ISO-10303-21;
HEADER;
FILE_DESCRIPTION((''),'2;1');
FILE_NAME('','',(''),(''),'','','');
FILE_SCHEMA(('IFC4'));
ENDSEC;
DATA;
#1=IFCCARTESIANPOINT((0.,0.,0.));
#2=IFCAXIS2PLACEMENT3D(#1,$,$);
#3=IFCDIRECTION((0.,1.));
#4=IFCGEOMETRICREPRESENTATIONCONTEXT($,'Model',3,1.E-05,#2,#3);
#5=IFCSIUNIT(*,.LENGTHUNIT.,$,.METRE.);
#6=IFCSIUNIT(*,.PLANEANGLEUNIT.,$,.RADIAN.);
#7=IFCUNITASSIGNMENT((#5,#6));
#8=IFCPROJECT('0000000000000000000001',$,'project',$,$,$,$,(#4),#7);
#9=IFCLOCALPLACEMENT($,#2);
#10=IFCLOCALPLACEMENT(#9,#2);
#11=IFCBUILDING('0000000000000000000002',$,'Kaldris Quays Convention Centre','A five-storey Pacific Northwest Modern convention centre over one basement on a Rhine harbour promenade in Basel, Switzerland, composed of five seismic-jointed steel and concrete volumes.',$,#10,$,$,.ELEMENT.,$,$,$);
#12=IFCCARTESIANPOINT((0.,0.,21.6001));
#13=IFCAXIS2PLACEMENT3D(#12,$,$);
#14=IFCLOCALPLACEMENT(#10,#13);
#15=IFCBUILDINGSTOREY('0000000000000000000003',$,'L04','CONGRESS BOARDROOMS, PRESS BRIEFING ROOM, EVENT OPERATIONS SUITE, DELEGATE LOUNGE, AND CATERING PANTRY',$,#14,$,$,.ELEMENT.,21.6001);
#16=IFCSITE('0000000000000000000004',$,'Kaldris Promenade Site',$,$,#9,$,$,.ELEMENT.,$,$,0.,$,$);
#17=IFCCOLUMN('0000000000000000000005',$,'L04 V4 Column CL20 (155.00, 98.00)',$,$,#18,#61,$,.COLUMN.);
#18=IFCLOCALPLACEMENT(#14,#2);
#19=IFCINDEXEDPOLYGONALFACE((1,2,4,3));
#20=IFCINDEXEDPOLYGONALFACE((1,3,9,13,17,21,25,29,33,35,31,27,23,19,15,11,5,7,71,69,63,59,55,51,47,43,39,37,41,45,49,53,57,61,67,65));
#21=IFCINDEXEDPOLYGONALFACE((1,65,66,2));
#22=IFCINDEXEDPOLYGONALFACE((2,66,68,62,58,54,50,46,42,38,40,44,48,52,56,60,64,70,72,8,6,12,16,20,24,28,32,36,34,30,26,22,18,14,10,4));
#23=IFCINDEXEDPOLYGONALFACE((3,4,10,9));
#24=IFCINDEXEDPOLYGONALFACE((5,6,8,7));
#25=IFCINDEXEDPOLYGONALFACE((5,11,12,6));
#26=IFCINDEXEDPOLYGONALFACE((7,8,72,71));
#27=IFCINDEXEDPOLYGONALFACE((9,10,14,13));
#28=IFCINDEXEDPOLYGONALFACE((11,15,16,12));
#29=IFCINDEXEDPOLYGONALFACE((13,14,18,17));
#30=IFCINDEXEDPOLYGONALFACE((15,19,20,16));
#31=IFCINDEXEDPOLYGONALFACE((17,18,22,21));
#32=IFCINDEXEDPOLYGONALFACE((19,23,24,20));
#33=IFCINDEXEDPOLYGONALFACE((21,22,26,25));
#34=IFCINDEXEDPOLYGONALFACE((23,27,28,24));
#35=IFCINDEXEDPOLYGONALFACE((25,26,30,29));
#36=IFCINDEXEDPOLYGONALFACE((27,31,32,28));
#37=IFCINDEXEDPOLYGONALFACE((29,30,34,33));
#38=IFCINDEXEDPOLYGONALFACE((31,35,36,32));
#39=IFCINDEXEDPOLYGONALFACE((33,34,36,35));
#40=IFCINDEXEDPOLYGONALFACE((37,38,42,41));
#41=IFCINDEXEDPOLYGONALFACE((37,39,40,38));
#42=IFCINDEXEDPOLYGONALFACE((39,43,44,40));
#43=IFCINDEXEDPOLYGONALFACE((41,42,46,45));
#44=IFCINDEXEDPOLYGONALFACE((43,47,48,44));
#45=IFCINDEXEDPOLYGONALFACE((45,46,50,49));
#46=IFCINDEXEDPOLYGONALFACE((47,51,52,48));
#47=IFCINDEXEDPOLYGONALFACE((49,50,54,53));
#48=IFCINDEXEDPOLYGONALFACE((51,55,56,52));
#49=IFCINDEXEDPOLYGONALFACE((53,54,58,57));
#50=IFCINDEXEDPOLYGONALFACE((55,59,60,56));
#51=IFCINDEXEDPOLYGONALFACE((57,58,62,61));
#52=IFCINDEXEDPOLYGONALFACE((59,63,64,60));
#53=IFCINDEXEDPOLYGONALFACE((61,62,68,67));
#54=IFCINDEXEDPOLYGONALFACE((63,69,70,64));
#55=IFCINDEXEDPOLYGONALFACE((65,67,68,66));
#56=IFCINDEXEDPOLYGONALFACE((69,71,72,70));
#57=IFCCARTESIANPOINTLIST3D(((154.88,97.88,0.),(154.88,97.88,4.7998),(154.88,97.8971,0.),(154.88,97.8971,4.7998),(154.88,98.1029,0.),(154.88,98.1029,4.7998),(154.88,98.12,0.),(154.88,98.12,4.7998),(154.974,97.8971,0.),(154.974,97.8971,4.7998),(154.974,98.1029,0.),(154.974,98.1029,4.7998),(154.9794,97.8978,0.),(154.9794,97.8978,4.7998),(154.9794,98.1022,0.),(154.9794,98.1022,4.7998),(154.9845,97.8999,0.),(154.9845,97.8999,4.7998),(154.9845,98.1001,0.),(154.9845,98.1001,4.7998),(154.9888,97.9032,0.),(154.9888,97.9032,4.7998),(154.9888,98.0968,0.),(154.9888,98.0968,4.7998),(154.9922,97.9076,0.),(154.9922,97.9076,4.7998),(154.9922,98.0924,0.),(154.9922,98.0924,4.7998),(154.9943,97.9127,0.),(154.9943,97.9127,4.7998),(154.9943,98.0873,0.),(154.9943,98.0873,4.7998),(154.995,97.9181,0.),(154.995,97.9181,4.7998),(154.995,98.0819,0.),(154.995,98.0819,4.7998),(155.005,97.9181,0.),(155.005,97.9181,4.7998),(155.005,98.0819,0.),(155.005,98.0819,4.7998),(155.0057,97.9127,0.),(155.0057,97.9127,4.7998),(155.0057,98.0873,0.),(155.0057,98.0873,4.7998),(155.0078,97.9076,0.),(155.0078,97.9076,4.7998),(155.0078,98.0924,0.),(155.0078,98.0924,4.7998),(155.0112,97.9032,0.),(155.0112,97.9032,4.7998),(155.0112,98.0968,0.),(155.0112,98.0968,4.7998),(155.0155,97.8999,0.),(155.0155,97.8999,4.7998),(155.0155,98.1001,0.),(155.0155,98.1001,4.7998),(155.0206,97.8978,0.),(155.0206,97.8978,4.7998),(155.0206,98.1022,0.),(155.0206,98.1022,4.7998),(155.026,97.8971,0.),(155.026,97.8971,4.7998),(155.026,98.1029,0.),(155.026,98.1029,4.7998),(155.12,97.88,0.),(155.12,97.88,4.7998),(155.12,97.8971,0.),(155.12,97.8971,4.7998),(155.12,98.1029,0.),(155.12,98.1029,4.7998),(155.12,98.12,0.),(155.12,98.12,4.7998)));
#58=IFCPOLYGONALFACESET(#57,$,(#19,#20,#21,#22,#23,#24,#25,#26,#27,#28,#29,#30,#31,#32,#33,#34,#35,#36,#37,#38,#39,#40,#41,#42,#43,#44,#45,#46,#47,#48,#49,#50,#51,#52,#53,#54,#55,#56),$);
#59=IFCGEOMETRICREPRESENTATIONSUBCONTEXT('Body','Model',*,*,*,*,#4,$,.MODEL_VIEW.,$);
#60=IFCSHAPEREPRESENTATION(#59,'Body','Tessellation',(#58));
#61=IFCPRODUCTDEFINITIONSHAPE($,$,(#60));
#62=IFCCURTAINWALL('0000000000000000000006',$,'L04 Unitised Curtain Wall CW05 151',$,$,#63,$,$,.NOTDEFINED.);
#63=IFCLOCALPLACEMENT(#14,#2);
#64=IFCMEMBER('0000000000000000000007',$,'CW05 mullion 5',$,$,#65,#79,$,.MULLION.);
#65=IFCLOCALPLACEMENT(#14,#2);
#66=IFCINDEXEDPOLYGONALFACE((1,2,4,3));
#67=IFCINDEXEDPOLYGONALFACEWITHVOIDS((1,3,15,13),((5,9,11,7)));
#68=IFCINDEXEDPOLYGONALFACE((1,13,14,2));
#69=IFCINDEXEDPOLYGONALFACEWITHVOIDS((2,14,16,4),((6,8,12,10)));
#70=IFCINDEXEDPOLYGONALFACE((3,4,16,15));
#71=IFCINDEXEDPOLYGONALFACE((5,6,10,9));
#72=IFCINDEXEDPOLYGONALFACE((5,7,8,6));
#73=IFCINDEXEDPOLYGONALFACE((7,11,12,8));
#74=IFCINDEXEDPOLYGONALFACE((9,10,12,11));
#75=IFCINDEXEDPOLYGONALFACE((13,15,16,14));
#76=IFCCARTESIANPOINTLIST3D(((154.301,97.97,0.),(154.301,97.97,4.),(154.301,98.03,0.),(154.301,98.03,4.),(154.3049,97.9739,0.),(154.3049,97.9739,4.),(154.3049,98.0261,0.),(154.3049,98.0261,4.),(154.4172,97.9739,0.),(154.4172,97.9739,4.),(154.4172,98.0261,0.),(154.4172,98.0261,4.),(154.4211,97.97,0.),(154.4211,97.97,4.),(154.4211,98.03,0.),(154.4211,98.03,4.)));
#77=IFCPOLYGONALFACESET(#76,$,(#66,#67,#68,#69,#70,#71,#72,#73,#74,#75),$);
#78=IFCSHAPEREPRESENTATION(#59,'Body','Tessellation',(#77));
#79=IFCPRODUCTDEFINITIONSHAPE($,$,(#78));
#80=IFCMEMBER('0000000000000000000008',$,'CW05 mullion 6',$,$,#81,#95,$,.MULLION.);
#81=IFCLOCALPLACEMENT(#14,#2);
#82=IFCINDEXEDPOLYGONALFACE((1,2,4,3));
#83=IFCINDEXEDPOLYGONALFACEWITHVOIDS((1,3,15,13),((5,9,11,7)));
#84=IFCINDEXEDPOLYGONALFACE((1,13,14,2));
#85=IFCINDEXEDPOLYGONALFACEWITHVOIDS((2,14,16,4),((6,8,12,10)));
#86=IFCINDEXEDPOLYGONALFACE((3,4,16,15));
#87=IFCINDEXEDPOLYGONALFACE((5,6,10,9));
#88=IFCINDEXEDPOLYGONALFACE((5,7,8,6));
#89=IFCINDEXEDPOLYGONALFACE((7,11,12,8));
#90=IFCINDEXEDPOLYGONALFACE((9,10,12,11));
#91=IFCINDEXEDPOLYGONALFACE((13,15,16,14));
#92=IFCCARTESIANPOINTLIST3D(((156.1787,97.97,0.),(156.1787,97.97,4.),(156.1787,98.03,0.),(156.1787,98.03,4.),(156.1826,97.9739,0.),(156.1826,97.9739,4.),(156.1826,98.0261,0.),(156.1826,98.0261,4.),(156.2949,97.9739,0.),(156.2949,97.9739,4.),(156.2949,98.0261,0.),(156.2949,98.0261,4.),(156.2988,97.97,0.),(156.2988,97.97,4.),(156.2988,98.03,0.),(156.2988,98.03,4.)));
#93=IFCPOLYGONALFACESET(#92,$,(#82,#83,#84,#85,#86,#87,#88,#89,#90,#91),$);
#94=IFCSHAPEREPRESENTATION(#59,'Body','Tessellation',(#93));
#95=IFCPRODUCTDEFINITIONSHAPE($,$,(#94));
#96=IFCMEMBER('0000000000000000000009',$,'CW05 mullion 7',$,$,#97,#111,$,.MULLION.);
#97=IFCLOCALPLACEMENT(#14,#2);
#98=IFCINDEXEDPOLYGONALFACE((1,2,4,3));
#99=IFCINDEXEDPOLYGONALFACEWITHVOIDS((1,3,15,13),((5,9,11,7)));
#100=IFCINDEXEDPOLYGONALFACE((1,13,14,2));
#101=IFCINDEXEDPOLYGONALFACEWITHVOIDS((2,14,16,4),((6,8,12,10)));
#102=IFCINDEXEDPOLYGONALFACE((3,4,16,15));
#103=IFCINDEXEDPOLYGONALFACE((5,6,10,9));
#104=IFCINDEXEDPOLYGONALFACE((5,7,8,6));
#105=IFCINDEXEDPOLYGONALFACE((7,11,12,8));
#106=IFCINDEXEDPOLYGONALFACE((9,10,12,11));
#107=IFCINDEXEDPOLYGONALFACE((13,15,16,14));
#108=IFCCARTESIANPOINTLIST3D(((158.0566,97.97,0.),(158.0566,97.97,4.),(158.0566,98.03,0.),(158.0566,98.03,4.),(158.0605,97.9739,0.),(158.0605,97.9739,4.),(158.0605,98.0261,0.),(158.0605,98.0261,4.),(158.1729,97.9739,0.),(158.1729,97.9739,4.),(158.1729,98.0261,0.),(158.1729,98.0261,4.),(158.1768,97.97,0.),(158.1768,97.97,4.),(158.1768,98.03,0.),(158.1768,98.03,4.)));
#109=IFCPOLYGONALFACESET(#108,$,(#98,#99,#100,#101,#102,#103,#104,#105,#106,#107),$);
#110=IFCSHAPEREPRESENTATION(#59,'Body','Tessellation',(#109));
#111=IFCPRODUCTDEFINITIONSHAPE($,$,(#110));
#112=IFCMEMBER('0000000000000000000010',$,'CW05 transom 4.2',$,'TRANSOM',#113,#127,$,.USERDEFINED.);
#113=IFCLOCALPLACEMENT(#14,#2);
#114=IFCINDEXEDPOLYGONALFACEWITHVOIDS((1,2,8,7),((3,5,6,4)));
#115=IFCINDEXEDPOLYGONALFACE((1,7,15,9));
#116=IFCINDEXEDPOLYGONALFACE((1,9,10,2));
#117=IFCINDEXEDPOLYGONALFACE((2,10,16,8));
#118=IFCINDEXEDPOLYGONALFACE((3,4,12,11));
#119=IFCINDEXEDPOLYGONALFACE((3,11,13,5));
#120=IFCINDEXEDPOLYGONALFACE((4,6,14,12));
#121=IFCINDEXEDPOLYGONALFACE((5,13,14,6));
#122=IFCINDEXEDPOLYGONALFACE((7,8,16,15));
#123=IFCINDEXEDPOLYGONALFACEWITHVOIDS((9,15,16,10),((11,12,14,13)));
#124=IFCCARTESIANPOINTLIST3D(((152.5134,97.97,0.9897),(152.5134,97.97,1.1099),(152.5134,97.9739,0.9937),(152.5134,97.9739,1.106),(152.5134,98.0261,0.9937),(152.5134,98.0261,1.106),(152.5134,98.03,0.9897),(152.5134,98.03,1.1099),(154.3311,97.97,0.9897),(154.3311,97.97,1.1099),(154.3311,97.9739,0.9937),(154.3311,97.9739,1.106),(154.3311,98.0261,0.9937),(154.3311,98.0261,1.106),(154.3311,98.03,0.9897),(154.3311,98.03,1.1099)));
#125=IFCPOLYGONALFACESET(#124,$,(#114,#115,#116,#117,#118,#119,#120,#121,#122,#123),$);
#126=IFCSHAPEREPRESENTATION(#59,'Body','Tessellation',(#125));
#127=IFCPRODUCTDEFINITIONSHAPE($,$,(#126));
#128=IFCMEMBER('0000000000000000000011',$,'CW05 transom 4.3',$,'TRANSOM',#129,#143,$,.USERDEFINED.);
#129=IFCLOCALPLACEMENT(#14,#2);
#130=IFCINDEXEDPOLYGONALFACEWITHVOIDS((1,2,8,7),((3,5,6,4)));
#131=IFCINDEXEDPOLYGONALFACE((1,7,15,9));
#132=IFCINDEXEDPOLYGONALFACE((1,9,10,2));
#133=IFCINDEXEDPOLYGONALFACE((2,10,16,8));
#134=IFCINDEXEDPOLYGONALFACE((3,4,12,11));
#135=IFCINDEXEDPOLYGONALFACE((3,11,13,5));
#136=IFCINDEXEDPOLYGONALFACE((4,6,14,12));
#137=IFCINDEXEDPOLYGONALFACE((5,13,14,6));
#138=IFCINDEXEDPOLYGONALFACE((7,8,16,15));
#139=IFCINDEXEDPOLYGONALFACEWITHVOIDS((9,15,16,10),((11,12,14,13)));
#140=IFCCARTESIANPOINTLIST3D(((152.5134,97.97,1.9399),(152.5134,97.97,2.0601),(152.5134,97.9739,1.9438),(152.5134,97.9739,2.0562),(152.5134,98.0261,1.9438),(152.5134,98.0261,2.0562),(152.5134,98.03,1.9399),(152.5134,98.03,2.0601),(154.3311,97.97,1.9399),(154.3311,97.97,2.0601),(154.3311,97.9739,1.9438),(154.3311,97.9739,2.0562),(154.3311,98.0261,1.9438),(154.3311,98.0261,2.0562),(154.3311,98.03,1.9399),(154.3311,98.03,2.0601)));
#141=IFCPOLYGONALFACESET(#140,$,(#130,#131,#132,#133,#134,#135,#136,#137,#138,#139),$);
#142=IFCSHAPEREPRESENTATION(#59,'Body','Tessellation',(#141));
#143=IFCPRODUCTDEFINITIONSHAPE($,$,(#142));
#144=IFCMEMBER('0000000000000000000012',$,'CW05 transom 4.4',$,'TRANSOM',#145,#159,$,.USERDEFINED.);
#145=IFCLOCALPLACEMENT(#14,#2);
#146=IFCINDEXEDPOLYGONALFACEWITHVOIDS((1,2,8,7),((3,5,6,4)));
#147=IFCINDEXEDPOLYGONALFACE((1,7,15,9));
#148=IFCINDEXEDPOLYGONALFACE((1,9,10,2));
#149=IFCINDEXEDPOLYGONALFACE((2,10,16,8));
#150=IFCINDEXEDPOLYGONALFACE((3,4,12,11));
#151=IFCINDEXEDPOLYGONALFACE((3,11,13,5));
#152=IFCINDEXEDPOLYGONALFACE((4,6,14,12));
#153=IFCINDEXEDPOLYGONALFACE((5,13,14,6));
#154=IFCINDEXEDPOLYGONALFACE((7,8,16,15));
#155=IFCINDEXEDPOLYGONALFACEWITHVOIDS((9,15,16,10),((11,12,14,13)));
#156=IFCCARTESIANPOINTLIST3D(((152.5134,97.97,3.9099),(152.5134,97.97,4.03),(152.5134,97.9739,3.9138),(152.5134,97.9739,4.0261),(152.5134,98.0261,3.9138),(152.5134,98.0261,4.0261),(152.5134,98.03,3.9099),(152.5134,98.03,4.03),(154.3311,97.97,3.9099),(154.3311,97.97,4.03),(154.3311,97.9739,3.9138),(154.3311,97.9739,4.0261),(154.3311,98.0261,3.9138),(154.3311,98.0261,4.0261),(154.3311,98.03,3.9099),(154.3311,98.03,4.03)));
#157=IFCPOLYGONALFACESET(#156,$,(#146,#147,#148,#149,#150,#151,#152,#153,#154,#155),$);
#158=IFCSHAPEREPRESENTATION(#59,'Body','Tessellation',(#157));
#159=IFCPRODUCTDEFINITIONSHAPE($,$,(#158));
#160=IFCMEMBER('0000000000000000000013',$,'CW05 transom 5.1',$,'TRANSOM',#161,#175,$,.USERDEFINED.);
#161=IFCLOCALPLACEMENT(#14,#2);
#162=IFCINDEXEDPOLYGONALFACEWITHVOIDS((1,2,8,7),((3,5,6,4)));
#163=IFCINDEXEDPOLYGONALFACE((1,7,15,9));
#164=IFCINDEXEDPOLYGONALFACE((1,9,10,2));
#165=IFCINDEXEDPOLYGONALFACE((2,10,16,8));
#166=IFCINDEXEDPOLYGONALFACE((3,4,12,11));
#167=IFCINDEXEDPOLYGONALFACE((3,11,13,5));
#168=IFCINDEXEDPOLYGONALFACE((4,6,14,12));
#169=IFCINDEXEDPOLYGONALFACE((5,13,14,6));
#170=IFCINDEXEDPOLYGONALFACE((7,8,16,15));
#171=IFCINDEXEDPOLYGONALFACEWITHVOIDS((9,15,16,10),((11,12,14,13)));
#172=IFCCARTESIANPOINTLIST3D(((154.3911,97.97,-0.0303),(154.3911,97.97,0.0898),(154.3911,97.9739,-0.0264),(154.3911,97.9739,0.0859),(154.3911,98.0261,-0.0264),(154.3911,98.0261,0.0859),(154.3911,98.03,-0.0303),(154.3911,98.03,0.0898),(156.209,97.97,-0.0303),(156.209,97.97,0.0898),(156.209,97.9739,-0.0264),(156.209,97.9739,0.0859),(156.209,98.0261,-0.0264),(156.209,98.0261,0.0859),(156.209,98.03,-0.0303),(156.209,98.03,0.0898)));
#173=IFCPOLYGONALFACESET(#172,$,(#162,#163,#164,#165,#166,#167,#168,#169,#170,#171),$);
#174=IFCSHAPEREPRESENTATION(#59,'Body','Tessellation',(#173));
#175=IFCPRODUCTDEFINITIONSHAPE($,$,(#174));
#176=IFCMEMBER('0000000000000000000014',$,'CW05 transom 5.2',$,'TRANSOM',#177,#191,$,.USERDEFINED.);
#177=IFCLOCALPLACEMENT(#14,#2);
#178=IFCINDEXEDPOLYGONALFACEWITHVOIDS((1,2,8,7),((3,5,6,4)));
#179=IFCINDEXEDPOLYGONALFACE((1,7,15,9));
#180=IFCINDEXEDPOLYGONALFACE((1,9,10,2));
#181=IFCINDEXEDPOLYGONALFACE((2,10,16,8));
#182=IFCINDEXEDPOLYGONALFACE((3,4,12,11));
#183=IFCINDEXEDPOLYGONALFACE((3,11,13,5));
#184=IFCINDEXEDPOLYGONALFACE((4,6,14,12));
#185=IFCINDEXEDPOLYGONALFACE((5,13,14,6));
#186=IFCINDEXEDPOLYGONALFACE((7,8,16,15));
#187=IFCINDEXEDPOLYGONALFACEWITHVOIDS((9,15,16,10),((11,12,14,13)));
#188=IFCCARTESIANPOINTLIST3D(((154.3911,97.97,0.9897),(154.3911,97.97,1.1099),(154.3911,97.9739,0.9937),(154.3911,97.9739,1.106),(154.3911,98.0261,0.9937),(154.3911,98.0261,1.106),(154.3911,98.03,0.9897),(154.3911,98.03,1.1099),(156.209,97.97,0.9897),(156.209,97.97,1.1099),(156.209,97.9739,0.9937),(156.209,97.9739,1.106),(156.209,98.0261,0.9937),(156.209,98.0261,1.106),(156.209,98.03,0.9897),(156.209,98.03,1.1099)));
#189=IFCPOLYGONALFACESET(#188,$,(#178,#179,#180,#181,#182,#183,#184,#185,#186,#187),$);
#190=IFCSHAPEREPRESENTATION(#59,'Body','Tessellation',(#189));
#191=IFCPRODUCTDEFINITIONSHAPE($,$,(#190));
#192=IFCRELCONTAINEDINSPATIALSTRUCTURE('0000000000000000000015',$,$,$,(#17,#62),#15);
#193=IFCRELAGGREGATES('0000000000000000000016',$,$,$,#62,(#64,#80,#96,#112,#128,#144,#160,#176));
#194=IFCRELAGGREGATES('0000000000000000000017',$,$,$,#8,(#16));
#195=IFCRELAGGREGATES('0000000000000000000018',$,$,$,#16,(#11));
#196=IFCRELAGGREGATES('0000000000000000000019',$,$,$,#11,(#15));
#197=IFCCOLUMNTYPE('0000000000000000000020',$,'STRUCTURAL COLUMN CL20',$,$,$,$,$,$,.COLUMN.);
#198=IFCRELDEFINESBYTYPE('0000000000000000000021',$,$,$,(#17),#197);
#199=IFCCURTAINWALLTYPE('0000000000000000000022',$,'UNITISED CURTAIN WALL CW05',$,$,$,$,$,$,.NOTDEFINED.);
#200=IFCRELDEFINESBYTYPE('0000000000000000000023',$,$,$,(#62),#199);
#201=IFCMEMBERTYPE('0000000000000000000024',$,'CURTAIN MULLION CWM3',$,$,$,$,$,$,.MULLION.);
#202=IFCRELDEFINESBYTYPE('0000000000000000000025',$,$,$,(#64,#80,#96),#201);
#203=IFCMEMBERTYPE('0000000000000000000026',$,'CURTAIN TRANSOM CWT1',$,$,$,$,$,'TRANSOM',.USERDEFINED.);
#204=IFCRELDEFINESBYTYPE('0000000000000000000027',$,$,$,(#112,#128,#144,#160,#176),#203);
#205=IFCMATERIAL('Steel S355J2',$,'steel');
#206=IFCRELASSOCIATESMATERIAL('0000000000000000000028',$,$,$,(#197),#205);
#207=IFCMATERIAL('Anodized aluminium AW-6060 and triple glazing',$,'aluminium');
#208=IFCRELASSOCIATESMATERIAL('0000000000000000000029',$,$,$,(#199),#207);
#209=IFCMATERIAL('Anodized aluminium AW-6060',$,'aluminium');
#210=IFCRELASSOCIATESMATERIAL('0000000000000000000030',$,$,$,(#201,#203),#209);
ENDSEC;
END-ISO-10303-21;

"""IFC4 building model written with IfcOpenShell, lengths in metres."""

from ifc_helpers import new_model, si_unit, direction, frame, origin, origin_2d, place, context, subcontext, project, spatial, hollow_rectangle, i_section, extrude, material, material_profile, profile_set, type_object, element, aggregate, save


model = new_model("IFC4")

# Units and contexts
model_context = context("Model", 3, precision=1e-05, world=origin(), true_north=direction((0.0, 1.0)))
body_context = subcontext(model_context, "Body", "Model", "MODEL_VIEW")
ifc_project = project(units=[si_unit("LENGTHUNIT", "METRE"), si_unit("PLANEANGLEUNIT", "RADIAN")], contexts=[model_context])

# Site, building, storey
site_placement = place(None, origin())
site = spatial("IfcSite", under=ifc_project, at=site_placement, Name="Kaldris Promenade Site", CompositionType="ELEMENT", RefElevation=0.0)
building_placement = place(site_placement, origin())
building = spatial("IfcBuilding", under=site, at=building_placement, Name="Kaldris Quays Convention Centre", Description="A five-storey Pacific Northwest Modern convention centre over one basement on a Rhine harbour promenade in Basel, Switzerland, composed of five seismic-jointed steel and concrete volumes.", CompositionType="ELEMENT")
storey_placement = place(building_placement, frame((0.0, 0.0, 21.6001)))
storey = spatial("IfcBuildingStorey", under=building, at=storey_placement, Name="L04", Description="CONGRESS BOARDROOMS, PRESS BRIEFING ROOM, EVENT OPERATIONS SUITE, DELEGATE LOUNGE, AND CATERING PANTRY", CompositionType="ELEMENT", Elevation=21.6001)

# Column
ifc_material_1 = material(Name="Steel S355J2", Category="steel")
ifc_material_profile_1 = material_profile(ifc_material_1, i_section(OverallWidth=0.24, OverallDepth=0.24, WebThickness=0.01, FlangeThickness=0.0171, FilletRadius=0.021, at=origin_2d()), Name="HEB 240")
ifc_profile_set_1 = profile_set([ifc_material_profile_1], Name="Steel S355J2")
column_type = type_object("IfcColumnType", Name="STRUCTURAL COLUMN CL20", PredefinedType="COLUMN", material=ifc_profile_set_1)
column_placement = place(storey_placement, frame((155.0, 98.0, 0.0), z_axis=(0.0, 0.0, 1.0), x_axis=(1.0, 0.0, 0.0)))
element("IfcColumn", 1, at=column_placement, inside=storey, type_object=column_type, Name="L04 V4 Column CL20 (155.00, 98.00)", PredefinedType="COLUMN", context=body_context, shape_type="SweptSolid", body=[
    extrude(i_section(OverallWidth=0.24, OverallDepth=0.24, WebThickness=0.01, FlangeThickness=0.0171, FilletRadius=0.021, at=origin_2d()), origin(), (0.0, 0.0, 1.0), 4.7998),
])

# Curtain wall, members
ifc_material_2 = material(Name="Anodized aluminium AW-6060 and triple glazing", Category="aluminium")
curtain_wall_type = type_object("IfcCurtainWallType", Name="UNITISED CURTAIN WALL CW05", PredefinedType="NOTDEFINED", material=ifc_material_2)
curtain_wall_placement = place(storey_placement, origin())
curtain_wall = element("IfcCurtainWall", 2, at=curtain_wall_placement, inside=storey, type_object=curtain_wall_type, Name="L04 Unitised Curtain Wall CW05 151", PredefinedType="NOTDEFINED")
ifc_material_3 = material(Name="Anodized aluminium AW-6060", Category="aluminium")
ifc_material_profile_2 = material_profile(ifc_material_3, hollow_rectangle(XDim=0.0601, YDim=0.1201, WallThickness=0.0039, at=origin_2d()), Name="RHS 120x60x4")
ifc_profile_set_2 = profile_set([ifc_material_profile_2], Name="Anodized aluminium AW-6060")
member_type_1 = type_object("IfcMemberType", Name="CURTAIN MULLION CWM3", PredefinedType="MULLION", material=ifc_profile_set_2)
member_1_placement = place(storey_placement, frame((154.3611, 98.0, 0.0), z_axis=(0.0, 0.0, 1.0), x_axis=(0.0, 1.0, 0.0)))
member_1 = element("IfcMember", 3, at=member_1_placement, type_object=member_type_1, Name="CW05 mullion 5", PredefinedType="MULLION", context=body_context, shape_type="SweptSolid", body=[
    extrude(hollow_rectangle(XDim=0.0601, YDim=0.1201, WallThickness=0.0039, at=origin_2d()), origin(), (0.0, 0.0, 1.0), 4.0),
])
member_2_placement = place(storey_placement, frame((156.2388, 98.0, 0.0), z_axis=(0.0, 0.0, 1.0), x_axis=(0.0, 1.0, 0.0)))
member_2 = element("IfcMember", 4, at=member_2_placement, type_object=member_type_1, Name="CW05 mullion 6", PredefinedType="MULLION", context=body_context, shape_type="SweptSolid", body=[
    extrude(hollow_rectangle(XDim=0.0601, YDim=0.1201, WallThickness=0.0039, at=origin_2d()), origin(), (0.0, 0.0, 1.0), 4.0),
])
member_3_placement = place(storey_placement, frame((158.1167, 98.0, 0.0), z_axis=(0.0, 0.0, 1.0), x_axis=(0.0, 1.0, 0.0)))
member_3 = element("IfcMember", 5, at=member_3_placement, type_object=member_type_1, Name="CW05 mullion 7", PredefinedType="MULLION", context=body_context, shape_type="SweptSolid", body=[
    extrude(hollow_rectangle(XDim=0.0601, YDim=0.1201, WallThickness=0.0039, at=origin_2d()), origin(), (0.0, 0.0, 1.0), 4.0),
])
ifc_material_profile_3 = material_profile(ifc_material_3, hollow_rectangle(XDim=0.0601, YDim=0.1201, WallThickness=0.0039, at=origin_2d()), Name="RHS 120x60x4")
ifc_profile_set_3 = profile_set([ifc_material_profile_3], Name="Anodized aluminium AW-6060")
member_type_2 = type_object("IfcMemberType", Name="CURTAIN TRANSOM CWT1", ElementType="TRANSOM", PredefinedType="USERDEFINED", material=ifc_profile_set_3)
member_4_placement = place(storey_placement, frame((152.5134, 98.0, 1.0498), z_axis=(1.0, 0.0, 0.0), x_axis=(0.0, 1.0, 0.0)))
member_4 = element("IfcMember", 6, at=member_4_placement, type_object=member_type_2, Name="CW05 transom 4.2", ObjectType="TRANSOM", PredefinedType="USERDEFINED", context=body_context, shape_type="SweptSolid", body=[
    extrude(hollow_rectangle(XDim=0.0601, YDim=0.1201, WallThickness=0.0039, at=origin_2d()), origin(), (0.0, 0.0, 1.0), 1.8176),
])
member_5_placement = place(storey_placement, frame((152.5134, 98.0, 2.0), z_axis=(1.0, 0.0, 0.0), x_axis=(0.0, 1.0, 0.0)))
member_5 = element("IfcMember", 7, at=member_5_placement, type_object=member_type_2, Name="CW05 transom 4.3", ObjectType="TRANSOM", PredefinedType="USERDEFINED", context=body_context, shape_type="SweptSolid", body=[
    extrude(hollow_rectangle(XDim=0.0601, YDim=0.1201, WallThickness=0.0039, at=origin_2d()), origin(), (0.0, 0.0, 1.0), 1.8176),
])
member_6_placement = place(storey_placement, frame((152.5134, 98.0, 3.97), z_axis=(1.0, 0.0, 0.0), x_axis=(0.0, 1.0, 0.0)))
member_6 = element("IfcMember", 8, at=member_6_placement, type_object=member_type_2, Name="CW05 transom 4.4", ObjectType="TRANSOM", PredefinedType="USERDEFINED", context=body_context, shape_type="SweptSolid", body=[
    extrude(hollow_rectangle(XDim=0.0601, YDim=0.1201, WallThickness=0.0039, at=origin_2d()), origin(), (0.0, 0.0, 1.0), 1.8176),
])
member_7_placement = place(storey_placement, frame((154.3911, 98.0, 0.0298), z_axis=(1.0, 0.0, 0.0), x_axis=(0.0, 1.0, 0.0)))
member_7 = element("IfcMember", 9, at=member_7_placement, type_object=member_type_2, Name="CW05 transom 5.1", ObjectType="TRANSOM", PredefinedType="USERDEFINED", context=body_context, shape_type="SweptSolid", body=[
    extrude(hollow_rectangle(XDim=0.0601, YDim=0.1201, WallThickness=0.0039, at=origin_2d()), origin(), (0.0, 0.0, 1.0), 1.8179),
])
member_8_placement = place(storey_placement, frame((154.3911, 98.0, 1.0498), z_axis=(1.0, 0.0, 0.0), x_axis=(0.0, 1.0, 0.0)))
member_8 = element("IfcMember", 10, at=member_8_placement, type_object=member_type_2, Name="CW05 transom 5.2", ObjectType="TRANSOM", PredefinedType="USERDEFINED", context=body_context, shape_type="SweptSolid", body=[
    extrude(hollow_rectangle(XDim=0.0601, YDim=0.1201, WallThickness=0.0039, at=origin_2d()), origin(), (0.0, 0.0, 1.0), 1.8179),
])

aggregate(curtain_wall, [member_1, member_2, member_3, member_4, member_5, member_6, member_7, member_8])

save(model, "model.ifc")
